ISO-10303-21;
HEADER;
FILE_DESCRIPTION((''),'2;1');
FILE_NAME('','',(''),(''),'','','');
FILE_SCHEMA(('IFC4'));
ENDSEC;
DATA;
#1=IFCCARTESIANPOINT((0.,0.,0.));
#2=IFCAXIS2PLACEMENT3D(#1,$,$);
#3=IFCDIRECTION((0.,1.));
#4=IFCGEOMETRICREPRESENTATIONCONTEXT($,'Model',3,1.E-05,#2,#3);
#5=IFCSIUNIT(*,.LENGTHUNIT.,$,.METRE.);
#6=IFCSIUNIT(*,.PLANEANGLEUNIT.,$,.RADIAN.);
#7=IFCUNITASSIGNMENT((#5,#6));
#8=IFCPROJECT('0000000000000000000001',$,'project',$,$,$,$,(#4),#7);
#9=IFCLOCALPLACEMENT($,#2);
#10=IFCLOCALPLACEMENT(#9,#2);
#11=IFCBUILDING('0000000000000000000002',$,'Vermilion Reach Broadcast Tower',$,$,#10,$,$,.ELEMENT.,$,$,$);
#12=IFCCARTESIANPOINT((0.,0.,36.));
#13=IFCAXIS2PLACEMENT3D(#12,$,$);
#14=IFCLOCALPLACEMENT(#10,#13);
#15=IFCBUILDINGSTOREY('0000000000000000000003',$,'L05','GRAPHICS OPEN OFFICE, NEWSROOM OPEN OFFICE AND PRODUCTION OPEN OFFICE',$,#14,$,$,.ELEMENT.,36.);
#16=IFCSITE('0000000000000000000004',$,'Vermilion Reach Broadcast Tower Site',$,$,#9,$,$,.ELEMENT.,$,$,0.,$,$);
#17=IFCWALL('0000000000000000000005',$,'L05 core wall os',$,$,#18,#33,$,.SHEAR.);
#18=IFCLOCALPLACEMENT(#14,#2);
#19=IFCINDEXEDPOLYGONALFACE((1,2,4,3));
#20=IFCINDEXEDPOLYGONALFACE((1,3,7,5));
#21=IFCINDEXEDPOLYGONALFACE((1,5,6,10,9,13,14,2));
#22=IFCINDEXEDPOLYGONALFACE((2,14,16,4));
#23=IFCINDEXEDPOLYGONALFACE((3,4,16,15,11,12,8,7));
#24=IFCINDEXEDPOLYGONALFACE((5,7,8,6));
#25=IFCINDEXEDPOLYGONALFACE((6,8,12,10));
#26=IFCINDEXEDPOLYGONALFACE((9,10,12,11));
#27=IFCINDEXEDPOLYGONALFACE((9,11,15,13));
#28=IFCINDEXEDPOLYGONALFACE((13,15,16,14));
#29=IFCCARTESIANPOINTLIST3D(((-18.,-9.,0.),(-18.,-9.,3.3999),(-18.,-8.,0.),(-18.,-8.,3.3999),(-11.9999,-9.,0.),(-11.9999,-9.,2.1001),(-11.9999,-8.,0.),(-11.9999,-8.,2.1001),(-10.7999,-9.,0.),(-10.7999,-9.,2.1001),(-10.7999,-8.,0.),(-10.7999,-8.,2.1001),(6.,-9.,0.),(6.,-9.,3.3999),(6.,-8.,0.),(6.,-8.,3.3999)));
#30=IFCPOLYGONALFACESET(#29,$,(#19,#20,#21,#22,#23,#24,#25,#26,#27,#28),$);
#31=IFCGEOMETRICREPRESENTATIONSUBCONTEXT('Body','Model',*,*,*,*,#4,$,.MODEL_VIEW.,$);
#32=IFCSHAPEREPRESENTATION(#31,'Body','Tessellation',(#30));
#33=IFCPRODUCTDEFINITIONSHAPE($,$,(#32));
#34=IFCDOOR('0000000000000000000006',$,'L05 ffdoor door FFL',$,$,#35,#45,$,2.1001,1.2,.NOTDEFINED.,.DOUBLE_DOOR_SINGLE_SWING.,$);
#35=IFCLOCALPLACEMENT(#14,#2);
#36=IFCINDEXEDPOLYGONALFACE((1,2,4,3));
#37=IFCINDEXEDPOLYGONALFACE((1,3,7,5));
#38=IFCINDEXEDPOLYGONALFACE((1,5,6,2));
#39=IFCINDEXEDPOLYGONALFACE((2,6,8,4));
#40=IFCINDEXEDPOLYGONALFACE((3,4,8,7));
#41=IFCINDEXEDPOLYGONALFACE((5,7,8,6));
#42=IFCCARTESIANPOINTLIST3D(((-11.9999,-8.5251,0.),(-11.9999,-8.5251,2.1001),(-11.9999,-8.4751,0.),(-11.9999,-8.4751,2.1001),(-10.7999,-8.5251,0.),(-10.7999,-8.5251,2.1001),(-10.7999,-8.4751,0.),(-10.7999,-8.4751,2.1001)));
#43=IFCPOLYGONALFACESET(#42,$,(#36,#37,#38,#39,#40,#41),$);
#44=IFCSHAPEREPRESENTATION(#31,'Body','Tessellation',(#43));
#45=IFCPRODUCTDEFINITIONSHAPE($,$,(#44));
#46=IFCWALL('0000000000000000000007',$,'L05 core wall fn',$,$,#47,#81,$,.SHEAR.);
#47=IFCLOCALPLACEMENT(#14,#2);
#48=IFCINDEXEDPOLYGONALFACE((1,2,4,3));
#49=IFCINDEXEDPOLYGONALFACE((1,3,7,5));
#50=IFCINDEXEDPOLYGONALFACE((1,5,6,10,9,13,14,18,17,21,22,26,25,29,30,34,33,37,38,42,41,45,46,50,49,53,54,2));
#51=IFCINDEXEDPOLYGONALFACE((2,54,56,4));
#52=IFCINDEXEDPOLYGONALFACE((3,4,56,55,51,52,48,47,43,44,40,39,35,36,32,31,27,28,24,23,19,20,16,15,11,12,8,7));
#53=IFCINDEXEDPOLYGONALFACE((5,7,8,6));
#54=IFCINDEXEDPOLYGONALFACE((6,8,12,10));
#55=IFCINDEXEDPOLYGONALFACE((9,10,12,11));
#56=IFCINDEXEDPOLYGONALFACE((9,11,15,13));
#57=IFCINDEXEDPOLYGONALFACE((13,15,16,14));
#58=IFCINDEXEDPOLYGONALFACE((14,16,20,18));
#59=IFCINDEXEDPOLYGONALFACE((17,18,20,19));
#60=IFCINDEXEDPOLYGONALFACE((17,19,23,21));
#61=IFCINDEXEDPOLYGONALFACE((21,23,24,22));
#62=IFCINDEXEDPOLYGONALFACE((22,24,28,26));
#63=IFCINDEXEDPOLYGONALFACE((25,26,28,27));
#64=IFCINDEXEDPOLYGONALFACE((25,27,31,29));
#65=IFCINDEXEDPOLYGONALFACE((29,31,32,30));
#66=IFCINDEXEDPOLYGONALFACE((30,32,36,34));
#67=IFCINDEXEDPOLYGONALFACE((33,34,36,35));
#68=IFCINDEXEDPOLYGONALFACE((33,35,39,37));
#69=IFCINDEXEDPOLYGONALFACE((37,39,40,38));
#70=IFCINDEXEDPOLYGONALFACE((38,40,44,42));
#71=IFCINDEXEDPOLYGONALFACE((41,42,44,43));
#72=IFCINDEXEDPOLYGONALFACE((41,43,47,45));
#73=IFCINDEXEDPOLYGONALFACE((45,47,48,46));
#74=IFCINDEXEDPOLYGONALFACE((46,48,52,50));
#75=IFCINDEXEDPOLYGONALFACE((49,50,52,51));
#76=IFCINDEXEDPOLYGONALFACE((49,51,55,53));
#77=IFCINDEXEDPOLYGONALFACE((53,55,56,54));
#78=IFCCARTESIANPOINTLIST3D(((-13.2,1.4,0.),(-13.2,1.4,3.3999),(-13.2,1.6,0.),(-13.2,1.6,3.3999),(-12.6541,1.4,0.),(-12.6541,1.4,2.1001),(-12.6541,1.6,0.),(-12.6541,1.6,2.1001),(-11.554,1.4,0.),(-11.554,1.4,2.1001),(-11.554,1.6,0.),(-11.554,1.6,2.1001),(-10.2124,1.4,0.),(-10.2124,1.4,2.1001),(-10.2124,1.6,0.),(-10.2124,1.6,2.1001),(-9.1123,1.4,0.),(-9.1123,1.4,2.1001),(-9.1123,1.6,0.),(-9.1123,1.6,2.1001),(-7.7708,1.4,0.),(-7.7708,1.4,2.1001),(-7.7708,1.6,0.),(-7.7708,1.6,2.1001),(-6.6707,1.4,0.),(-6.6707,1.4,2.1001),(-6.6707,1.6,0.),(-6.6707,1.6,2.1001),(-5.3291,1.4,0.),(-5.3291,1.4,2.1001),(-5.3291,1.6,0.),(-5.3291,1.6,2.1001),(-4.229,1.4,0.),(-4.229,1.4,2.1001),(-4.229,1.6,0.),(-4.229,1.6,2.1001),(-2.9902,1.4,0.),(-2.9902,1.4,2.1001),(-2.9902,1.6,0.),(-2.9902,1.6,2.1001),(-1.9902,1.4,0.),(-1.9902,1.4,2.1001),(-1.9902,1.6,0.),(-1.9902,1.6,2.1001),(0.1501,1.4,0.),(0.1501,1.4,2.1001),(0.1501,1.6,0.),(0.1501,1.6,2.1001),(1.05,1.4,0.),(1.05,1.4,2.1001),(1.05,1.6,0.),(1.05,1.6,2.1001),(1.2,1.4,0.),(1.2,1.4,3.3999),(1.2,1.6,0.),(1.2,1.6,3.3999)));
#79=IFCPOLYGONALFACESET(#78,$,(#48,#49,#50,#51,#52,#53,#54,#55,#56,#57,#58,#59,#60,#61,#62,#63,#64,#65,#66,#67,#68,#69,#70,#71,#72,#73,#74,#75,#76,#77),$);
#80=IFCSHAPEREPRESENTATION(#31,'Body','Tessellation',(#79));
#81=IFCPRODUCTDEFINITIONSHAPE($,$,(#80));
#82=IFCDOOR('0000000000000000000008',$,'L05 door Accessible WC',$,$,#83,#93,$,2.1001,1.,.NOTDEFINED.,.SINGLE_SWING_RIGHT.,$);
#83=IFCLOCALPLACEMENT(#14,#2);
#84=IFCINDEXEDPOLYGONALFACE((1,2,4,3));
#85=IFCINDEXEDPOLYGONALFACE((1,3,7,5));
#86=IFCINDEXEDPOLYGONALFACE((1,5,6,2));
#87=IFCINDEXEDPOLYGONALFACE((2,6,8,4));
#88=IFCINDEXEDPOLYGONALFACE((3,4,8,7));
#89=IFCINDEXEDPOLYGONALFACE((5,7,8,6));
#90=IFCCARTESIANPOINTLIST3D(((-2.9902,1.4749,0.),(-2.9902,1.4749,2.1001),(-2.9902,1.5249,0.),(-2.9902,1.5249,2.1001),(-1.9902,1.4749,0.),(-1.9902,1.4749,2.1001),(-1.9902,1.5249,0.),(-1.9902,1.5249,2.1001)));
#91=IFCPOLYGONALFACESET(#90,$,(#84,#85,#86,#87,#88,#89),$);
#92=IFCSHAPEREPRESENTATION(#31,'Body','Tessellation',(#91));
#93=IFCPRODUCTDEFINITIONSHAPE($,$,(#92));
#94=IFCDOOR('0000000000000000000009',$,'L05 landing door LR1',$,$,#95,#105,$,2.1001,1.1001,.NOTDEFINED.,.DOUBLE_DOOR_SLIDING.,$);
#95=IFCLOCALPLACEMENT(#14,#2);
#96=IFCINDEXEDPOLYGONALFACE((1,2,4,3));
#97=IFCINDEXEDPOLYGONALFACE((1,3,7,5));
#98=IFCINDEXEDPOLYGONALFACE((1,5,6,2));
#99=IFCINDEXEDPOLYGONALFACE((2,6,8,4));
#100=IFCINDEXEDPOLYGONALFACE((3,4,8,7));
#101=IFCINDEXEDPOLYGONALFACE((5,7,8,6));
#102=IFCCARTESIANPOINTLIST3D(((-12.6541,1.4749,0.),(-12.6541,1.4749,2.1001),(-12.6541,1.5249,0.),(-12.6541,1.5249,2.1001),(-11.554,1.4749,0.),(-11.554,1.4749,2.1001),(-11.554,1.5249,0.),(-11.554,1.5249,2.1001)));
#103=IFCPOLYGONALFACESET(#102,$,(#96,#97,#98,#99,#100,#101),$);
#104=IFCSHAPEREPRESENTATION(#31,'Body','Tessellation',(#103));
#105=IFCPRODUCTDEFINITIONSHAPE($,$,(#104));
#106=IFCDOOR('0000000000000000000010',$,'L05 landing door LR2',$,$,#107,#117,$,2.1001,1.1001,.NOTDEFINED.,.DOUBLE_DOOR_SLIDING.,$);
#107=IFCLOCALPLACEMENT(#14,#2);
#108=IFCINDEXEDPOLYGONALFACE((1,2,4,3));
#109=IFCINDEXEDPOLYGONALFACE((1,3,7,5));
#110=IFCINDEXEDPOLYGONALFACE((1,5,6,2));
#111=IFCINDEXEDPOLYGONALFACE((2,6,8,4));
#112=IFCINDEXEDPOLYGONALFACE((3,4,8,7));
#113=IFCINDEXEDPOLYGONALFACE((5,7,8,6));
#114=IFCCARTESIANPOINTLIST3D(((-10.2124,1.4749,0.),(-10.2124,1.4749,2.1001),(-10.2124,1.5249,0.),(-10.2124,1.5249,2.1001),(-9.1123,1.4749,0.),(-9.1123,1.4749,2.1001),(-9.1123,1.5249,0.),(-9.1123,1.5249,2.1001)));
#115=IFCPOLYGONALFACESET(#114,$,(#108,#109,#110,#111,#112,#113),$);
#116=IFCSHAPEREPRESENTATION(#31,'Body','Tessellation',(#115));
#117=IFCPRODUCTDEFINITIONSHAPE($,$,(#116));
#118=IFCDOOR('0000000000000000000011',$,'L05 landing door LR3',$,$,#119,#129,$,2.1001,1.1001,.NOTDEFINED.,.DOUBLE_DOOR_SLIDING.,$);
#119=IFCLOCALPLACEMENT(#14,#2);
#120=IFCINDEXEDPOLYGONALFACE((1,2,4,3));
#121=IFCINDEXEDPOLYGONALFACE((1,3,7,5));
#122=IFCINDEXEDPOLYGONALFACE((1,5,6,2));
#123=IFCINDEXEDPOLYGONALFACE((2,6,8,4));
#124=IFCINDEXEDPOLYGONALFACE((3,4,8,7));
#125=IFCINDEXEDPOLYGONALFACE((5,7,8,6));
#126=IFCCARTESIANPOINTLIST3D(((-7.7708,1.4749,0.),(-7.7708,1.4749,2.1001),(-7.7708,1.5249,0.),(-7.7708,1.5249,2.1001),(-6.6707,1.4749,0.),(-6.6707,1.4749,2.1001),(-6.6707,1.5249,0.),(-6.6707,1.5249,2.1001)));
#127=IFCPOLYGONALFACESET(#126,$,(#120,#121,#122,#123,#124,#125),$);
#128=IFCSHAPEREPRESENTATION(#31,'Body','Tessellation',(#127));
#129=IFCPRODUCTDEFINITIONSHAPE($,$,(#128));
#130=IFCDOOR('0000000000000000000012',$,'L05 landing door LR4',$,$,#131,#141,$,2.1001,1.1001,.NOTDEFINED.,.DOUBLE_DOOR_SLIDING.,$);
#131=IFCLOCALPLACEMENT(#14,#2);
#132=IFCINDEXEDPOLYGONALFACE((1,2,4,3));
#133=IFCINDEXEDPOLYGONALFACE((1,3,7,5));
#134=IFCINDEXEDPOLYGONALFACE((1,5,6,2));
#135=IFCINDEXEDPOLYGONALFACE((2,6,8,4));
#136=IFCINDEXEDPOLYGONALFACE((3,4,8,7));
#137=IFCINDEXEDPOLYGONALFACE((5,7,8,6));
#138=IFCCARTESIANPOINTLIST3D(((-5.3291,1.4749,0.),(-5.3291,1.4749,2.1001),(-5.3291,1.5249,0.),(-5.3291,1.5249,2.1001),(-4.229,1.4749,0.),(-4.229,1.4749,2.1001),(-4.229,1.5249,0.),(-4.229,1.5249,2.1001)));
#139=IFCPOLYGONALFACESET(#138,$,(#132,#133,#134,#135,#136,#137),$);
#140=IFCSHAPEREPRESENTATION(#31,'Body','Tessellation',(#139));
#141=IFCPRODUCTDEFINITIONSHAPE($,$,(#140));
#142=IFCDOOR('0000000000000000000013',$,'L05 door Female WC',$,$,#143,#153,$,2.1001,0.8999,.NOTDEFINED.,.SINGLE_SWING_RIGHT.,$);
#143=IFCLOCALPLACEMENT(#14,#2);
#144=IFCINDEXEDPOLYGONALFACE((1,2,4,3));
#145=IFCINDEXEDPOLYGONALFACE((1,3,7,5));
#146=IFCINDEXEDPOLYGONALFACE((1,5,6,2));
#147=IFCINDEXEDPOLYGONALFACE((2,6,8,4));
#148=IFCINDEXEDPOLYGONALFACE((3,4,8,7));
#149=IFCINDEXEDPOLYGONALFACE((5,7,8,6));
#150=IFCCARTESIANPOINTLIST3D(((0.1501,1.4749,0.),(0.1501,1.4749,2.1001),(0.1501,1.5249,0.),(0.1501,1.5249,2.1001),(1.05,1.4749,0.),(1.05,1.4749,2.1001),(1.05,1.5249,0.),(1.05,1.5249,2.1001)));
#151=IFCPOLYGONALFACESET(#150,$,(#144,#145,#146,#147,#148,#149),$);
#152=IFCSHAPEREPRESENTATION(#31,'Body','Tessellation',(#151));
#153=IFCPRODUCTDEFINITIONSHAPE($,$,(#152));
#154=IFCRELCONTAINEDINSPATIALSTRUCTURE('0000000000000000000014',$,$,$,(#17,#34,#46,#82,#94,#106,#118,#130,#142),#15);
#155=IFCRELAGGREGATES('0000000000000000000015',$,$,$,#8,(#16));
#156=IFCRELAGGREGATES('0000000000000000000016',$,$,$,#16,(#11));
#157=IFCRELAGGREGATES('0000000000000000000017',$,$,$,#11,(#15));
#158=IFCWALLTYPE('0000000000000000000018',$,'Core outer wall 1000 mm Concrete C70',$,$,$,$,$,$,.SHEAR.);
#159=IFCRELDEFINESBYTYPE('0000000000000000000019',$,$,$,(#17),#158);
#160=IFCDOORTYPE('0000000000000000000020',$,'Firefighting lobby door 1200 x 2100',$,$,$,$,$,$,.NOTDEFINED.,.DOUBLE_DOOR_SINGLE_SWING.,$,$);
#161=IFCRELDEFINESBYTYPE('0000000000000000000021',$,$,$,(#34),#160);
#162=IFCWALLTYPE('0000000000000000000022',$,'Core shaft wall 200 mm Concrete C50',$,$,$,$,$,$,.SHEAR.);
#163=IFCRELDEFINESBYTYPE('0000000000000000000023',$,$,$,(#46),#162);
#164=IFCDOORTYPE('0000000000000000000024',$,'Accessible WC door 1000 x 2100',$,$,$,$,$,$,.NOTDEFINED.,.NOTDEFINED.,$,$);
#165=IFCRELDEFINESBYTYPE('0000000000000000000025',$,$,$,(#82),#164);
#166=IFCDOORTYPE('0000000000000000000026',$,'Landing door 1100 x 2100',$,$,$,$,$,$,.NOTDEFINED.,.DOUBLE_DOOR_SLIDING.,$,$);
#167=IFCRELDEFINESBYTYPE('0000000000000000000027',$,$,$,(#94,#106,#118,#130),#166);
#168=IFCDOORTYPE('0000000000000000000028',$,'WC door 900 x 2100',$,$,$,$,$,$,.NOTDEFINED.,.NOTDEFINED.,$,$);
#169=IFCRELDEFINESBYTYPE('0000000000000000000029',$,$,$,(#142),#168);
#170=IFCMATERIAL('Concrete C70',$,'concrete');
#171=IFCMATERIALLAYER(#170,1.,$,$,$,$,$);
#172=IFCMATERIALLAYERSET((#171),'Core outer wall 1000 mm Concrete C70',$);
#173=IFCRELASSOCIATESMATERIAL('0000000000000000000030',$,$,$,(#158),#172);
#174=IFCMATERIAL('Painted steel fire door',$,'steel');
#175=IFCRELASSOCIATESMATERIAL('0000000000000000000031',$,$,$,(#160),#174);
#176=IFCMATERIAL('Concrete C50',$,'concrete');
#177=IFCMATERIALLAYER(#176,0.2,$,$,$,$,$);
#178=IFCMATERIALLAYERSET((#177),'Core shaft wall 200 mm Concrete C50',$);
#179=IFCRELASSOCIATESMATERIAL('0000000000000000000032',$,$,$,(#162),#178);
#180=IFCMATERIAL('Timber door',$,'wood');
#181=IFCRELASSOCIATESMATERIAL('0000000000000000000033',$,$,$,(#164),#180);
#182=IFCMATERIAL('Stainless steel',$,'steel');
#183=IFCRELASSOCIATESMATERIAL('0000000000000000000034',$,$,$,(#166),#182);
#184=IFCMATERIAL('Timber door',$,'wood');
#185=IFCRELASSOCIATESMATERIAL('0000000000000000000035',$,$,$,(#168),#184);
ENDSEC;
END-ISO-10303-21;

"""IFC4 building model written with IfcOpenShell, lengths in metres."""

from ifc_helpers import new_model, si_unit, direction, frame, frame_2d, origin, place, context, subcontext, project, spatial, rectangle, extrude, material, layer, layer_set, type_object, element, fill, save


model = new_model("IFC4")

# Units and contexts
model_context = context("Model", 3, precision=1e-05, world=origin(), true_north=direction((0.0, 1.0)))
body_context = subcontext(model_context, "Body", "Model", "MODEL_VIEW")
ifc_project = project(units=[si_unit("LENGTHUNIT", "METRE"), si_unit("PLANEANGLEUNIT", "RADIAN")], contexts=[model_context])

# Site, building, storey
site_placement = place(None, origin())
site = spatial("IfcSite", under=ifc_project, at=site_placement, Name="Vermilion Reach Broadcast Tower Site", CompositionType="ELEMENT", RefElevation=0.0)
building_placement = place(site_placement, origin())
building = spatial("IfcBuilding", under=site, at=building_placement, Name="Vermilion Reach Broadcast Tower", CompositionType="ELEMENT")
storey_placement = place(building_placement, frame((0.0, 0.0, 36.0)))
storey = spatial("IfcBuildingStorey", under=building, at=storey_placement, Name="L05", Description="GRAPHICS OPEN OFFICE, NEWSROOM OPEN OFFICE AND PRODUCTION OPEN OFFICE", CompositionType="ELEMENT", Elevation=36.0)

# Wall, opening, door
ifc_material_1 = material(Name="Concrete C70", Category="concrete")
ifc_layer_1 = layer(ifc_material_1, 1.0)
ifc_layer_set_1 = layer_set([ifc_layer_1], Name="Core outer wall 1000 mm Concrete C70")
wall_type_1 = type_object("IfcWallType", Name="Core outer wall 1000 mm Concrete C70", PredefinedType="SHEAR", material=ifc_layer_set_1)
wall_1_placement = place(storey_placement, frame((-18.0, -8.5, 0.0), z_axis=(0.0, 0.0, 1.0), x_axis=(1.0, 0.0, 0.0)))
wall_1 = element("IfcWall", 1, at=wall_1_placement, inside=storey, type_object=wall_type_1, Name="L05 core wall os", PredefinedType="SHEAR", context=body_context, shape_type="SweptSolid", body=[
    extrude(rectangle(XDim=24.0, YDim=1.0, at=frame_2d((12.0, 0.0))), origin(), (0.0, 0.0, 1.0), 3.3999),
])
opening_1_placement = place(wall_1_placement, frame((6.0, 0.0, 0.0)))
opening_1 = element("IfcOpeningElement", 2, at=opening_1_placement, cuts=wall_1, PredefinedType="OPENING", context=body_context, shape_type="SweptSolid", body=[
    extrude(rectangle(XDim=1.2, YDim=2.1001, at=frame_2d((0.6001, 1.05))), frame((0.0, 0.51, 0.0), z_axis=(0.0, -1.0, 0.0), x_axis=(1.0, 0.0, 0.0)), (0.0, 0.0, 1.0), 1.02),
])
ifc_material_2 = material(Name="Painted steel fire door", Category="steel")
door_type_1 = type_object("IfcDoorType", Name="Firefighting lobby door 1200 x 2100", OperationType="DOUBLE_DOOR_SINGLE_SWING", PredefinedType="NOTDEFINED", material=ifc_material_2)
door_1_placement = place(opening_1_placement, origin())
door_1 = element("IfcDoor", 3, at=door_1_placement, inside=storey, type_object=door_type_1, Name="L05 ffdoor door FFL", OperationType="DOUBLE_DOOR_SINGLE_SWING", OverallHeight=2.1001, OverallWidth=1.2, PredefinedType="NOTDEFINED", context=body_context, shape_type="SweptSolid", body=[
    extrude(rectangle(XDim=1.2, YDim=2.1001, at=frame_2d((0.6001, 1.05))), frame((0.0, 0.0249, 0.0), z_axis=(0.0, -1.0, 0.0), x_axis=(1.0, 0.0, 0.0)), (0.0, 0.0, 1.0), 0.05),
])
fill(opening_1, door_1)

# Wall, openings, doors
ifc_material_3 = material(Name="Concrete C50", Category="concrete")
ifc_layer_2 = layer(ifc_material_3, 0.2)
ifc_layer_set_2 = layer_set([ifc_layer_2], Name="Core shaft wall 200 mm Concrete C50")
wall_type_2 = type_object("IfcWallType", Name="Core shaft wall 200 mm Concrete C50", PredefinedType="SHEAR", material=ifc_layer_set_2)
wall_2_placement = place(storey_placement, frame((-13.2, 1.5, 0.0), z_axis=(0.0, 0.0, 1.0), x_axis=(1.0, 0.0, 0.0)))
wall_2 = element("IfcWall", 4, at=wall_2_placement, inside=storey, type_object=wall_type_2, Name="L05 core wall fn", PredefinedType="SHEAR", context=body_context, shape_type="SweptSolid", body=[
    extrude(rectangle(XDim=14.3999, YDim=0.2, at=frame_2d((7.2, 0.0))), origin(), (0.0, 0.0, 1.0), 3.3999),
])
opening_2_placement = place(wall_2_placement, frame((0.5459, 0.0, 0.0)))
opening_2 = element("IfcOpeningElement", 5, at=opening_2_placement, cuts=wall_2, PredefinedType="OPENING", context=body_context, shape_type="SweptSolid", body=[
    extrude(rectangle(XDim=1.1001, YDim=2.1001, at=frame_2d((0.55, 1.05))), frame((0.0, 0.1099, 0.0), z_axis=(0.0, -1.0, 0.0), x_axis=(1.0, 0.0, 0.0)), (0.0, 0.0, 1.0), 0.22),
])
opening_3_placement = place(wall_2_placement, frame((2.9875, 0.0, 0.0)))
opening_3 = element("IfcOpeningElement", 6, at=opening_3_placement, cuts=wall_2, PredefinedType="OPENING", context=body_context, shape_type="SweptSolid", body=[
    extrude(rectangle(XDim=1.1001, YDim=2.1001, at=frame_2d((0.55, 1.05))), frame((0.0, 0.1099, 0.0), z_axis=(0.0, -1.0, 0.0), x_axis=(1.0, 0.0, 0.0)), (0.0, 0.0, 1.0), 0.22),
])
opening_4_placement = place(wall_2_placement, frame((5.4292, 0.0, 0.0)))
opening_4 = element("IfcOpeningElement", 7, at=opening_4_placement, cuts=wall_2, PredefinedType="OPENING", context=body_context, shape_type="SweptSolid", body=[
    extrude(rectangle(XDim=1.1001, YDim=2.1001, at=frame_2d((0.55, 1.05))), frame((0.0, 0.1099, 0.0), z_axis=(0.0, -1.0, 0.0), x_axis=(1.0, 0.0, 0.0)), (0.0, 0.0, 1.0), 0.22),
])
opening_5_placement = place(wall_2_placement, frame((7.8708, 0.0, 0.0)))
opening_5 = element("IfcOpeningElement", 8, at=opening_5_placement, cuts=wall_2, PredefinedType="OPENING", context=body_context, shape_type="SweptSolid", body=[
    extrude(rectangle(XDim=1.1001, YDim=2.1001, at=frame_2d((0.55, 1.05))), frame((0.0, 0.1099, 0.0), z_axis=(0.0, -1.0, 0.0), x_axis=(1.0, 0.0, 0.0)), (0.0, 0.0, 1.0), 0.22),
])
opening_6_placement = place(wall_2_placement, frame((10.2097, 0.0, 0.0)))
opening_6 = element("IfcOpeningElement", 9, at=opening_6_placement, cuts=wall_2, PredefinedType="OPENING", context=body_context, shape_type="SweptSolid", body=[
    extrude(rectangle(XDim=1.0, YDim=2.1001, at=frame_2d((0.5, 1.05))), frame((0.0, 0.1099, 0.0), z_axis=(0.0, -1.0, 0.0), x_axis=(1.0, 0.0, 0.0)), (0.0, 0.0, 1.0), 0.22),
])
opening_7_placement = place(wall_2_placement, frame((13.3501, 0.0, 0.0)))
opening_7 = element("IfcOpeningElement", 10, at=opening_7_placement, cuts=wall_2, PredefinedType="OPENING", context=body_context, shape_type="SweptSolid", body=[
    extrude(rectangle(XDim=0.8999, YDim=2.1001, at=frame_2d((0.45, 1.05))), frame((0.0, 0.1099, 0.0), z_axis=(0.0, -1.0, 0.0), x_axis=(1.0, 0.0, 0.0)), (0.0, 0.0, 1.0), 0.22),
])
ifc_material_4 = material(Name="Timber door", Category="wood")
door_type_2 = type_object("IfcDoorType", Name="Accessible WC door 1000 x 2100", OperationType="NOTDEFINED", PredefinedType="NOTDEFINED", material=ifc_material_4)
door_2_placement = place(opening_6_placement, origin())
door_2 = element("IfcDoor", 11, at=door_2_placement, inside=storey, type_object=door_type_2, Name="L05 door Accessible WC", OperationType="SINGLE_SWING_RIGHT", OverallHeight=2.1001, OverallWidth=1.0, PredefinedType="NOTDEFINED", context=body_context, shape_type="SweptSolid", body=[
    extrude(rectangle(XDim=1.0, YDim=2.1001, at=frame_2d((0.5, 1.05))), frame((0.0, 0.0249, 0.0), z_axis=(0.0, -1.0, 0.0), x_axis=(1.0, 0.0, 0.0)), (0.0, 0.0, 1.0), 0.05),
])
fill(opening_6, door_2)
ifc_material_5 = material(Name="Stainless steel", Category="steel")
door_type_3 = type_object("IfcDoorType", Name="Landing door 1100 x 2100", OperationType="DOUBLE_DOOR_SLIDING", PredefinedType="NOTDEFINED", material=ifc_material_5)
door_3_placement = place(opening_2_placement, origin())
door_3 = element("IfcDoor", 12, at=door_3_placement, inside=storey, type_object=door_type_3, Name="L05 landing door LR1", OperationType="DOUBLE_DOOR_SLIDING", OverallHeight=2.1001, OverallWidth=1.1001, PredefinedType="NOTDEFINED", context=body_context, shape_type="SweptSolid", body=[
    extrude(rectangle(XDim=1.1001, YDim=2.1001, at=frame_2d((0.55, 1.05))), frame((0.0, 0.0249, 0.0), z_axis=(0.0, -1.0, 0.0), x_axis=(1.0, 0.0, 0.0)), (0.0, 0.0, 1.0), 0.05),
])
fill(opening_2, door_3)
door_4_placement = place(opening_3_placement, origin())
door_4 = element("IfcDoor", 13, at=door_4_placement, inside=storey, type_object=door_type_3, Name="L05 landing door LR2", OperationType="DOUBLE_DOOR_SLIDING", OverallHeight=2.1001, OverallWidth=1.1001, PredefinedType="NOTDEFINED", context=body_context, shape_type="SweptSolid", body=[
    extrude(rectangle(XDim=1.1001, YDim=2.1001, at=frame_2d((0.55, 1.05))), frame((0.0, 0.0249, 0.0), z_axis=(0.0, -1.0, 0.0), x_axis=(1.0, 0.0, 0.0)), (0.0, 0.0, 1.0), 0.05),
])
fill(opening_3, door_4)
door_5_placement = place(opening_4_placement, origin())
door_5 = element("IfcDoor", 14, at=door_5_placement, inside=storey, type_object=door_type_3, Name="L05 landing door LR3", OperationType="DOUBLE_DOOR_SLIDING", OverallHeight=2.1001, OverallWidth=1.1001, PredefinedType="NOTDEFINED", context=body_context, shape_type="SweptSolid", body=[
    extrude(rectangle(XDim=1.1001, YDim=2.1001, at=frame_2d((0.55, 1.05))), frame((0.0, 0.0249, 0.0), z_axis=(0.0, -1.0, 0.0), x_axis=(1.0, 0.0, 0.0)), (0.0, 0.0, 1.0), 0.05),
])
fill(opening_4, door_5)
door_6_placement = place(opening_5_placement, origin())
door_6 = element("IfcDoor", 15, at=door_6_placement, inside=storey, type_object=door_type_3, Name="L05 landing door LR4", OperationType="DOUBLE_DOOR_SLIDING", OverallHeight=2.1001, OverallWidth=1.1001, PredefinedType="NOTDEFINED", context=body_context, shape_type="SweptSolid", body=[
    extrude(rectangle(XDim=1.1001, YDim=2.1001, at=frame_2d((0.55, 1.05))), frame((0.0, 0.0249, 0.0), z_axis=(0.0, -1.0, 0.0), x_axis=(1.0, 0.0, 0.0)), (0.0, 0.0, 1.0), 0.05),
])
fill(opening_5, door_6)
ifc_material_6 = material(Name="Timber door", Category="wood")
door_type_4 = type_object("IfcDoorType", Name="WC door 900 x 2100", OperationType="NOTDEFINED", PredefinedType="NOTDEFINED", material=ifc_material_6)
door_7_placement = place(opening_7_placement, origin())
door_7 = element("IfcDoor", 16, at=door_7_placement, inside=storey, type_object=door_type_4, Name="L05 door Female WC", OperationType="SINGLE_SWING_RIGHT", OverallHeight=2.1001, OverallWidth=0.8999, PredefinedType="NOTDEFINED", context=body_context, shape_type="SweptSolid", body=[
    extrude(rectangle(XDim=0.8999, YDim=2.1001, at=frame_2d((0.45, 1.05))), frame((0.0, 0.0249, 0.0), z_axis=(0.0, -1.0, 0.0), x_axis=(1.0, 0.0, 0.0)), (0.0, 0.0, 1.0), 0.05),
])
fill(opening_7, door_7)

save(model, "model.ifc")
